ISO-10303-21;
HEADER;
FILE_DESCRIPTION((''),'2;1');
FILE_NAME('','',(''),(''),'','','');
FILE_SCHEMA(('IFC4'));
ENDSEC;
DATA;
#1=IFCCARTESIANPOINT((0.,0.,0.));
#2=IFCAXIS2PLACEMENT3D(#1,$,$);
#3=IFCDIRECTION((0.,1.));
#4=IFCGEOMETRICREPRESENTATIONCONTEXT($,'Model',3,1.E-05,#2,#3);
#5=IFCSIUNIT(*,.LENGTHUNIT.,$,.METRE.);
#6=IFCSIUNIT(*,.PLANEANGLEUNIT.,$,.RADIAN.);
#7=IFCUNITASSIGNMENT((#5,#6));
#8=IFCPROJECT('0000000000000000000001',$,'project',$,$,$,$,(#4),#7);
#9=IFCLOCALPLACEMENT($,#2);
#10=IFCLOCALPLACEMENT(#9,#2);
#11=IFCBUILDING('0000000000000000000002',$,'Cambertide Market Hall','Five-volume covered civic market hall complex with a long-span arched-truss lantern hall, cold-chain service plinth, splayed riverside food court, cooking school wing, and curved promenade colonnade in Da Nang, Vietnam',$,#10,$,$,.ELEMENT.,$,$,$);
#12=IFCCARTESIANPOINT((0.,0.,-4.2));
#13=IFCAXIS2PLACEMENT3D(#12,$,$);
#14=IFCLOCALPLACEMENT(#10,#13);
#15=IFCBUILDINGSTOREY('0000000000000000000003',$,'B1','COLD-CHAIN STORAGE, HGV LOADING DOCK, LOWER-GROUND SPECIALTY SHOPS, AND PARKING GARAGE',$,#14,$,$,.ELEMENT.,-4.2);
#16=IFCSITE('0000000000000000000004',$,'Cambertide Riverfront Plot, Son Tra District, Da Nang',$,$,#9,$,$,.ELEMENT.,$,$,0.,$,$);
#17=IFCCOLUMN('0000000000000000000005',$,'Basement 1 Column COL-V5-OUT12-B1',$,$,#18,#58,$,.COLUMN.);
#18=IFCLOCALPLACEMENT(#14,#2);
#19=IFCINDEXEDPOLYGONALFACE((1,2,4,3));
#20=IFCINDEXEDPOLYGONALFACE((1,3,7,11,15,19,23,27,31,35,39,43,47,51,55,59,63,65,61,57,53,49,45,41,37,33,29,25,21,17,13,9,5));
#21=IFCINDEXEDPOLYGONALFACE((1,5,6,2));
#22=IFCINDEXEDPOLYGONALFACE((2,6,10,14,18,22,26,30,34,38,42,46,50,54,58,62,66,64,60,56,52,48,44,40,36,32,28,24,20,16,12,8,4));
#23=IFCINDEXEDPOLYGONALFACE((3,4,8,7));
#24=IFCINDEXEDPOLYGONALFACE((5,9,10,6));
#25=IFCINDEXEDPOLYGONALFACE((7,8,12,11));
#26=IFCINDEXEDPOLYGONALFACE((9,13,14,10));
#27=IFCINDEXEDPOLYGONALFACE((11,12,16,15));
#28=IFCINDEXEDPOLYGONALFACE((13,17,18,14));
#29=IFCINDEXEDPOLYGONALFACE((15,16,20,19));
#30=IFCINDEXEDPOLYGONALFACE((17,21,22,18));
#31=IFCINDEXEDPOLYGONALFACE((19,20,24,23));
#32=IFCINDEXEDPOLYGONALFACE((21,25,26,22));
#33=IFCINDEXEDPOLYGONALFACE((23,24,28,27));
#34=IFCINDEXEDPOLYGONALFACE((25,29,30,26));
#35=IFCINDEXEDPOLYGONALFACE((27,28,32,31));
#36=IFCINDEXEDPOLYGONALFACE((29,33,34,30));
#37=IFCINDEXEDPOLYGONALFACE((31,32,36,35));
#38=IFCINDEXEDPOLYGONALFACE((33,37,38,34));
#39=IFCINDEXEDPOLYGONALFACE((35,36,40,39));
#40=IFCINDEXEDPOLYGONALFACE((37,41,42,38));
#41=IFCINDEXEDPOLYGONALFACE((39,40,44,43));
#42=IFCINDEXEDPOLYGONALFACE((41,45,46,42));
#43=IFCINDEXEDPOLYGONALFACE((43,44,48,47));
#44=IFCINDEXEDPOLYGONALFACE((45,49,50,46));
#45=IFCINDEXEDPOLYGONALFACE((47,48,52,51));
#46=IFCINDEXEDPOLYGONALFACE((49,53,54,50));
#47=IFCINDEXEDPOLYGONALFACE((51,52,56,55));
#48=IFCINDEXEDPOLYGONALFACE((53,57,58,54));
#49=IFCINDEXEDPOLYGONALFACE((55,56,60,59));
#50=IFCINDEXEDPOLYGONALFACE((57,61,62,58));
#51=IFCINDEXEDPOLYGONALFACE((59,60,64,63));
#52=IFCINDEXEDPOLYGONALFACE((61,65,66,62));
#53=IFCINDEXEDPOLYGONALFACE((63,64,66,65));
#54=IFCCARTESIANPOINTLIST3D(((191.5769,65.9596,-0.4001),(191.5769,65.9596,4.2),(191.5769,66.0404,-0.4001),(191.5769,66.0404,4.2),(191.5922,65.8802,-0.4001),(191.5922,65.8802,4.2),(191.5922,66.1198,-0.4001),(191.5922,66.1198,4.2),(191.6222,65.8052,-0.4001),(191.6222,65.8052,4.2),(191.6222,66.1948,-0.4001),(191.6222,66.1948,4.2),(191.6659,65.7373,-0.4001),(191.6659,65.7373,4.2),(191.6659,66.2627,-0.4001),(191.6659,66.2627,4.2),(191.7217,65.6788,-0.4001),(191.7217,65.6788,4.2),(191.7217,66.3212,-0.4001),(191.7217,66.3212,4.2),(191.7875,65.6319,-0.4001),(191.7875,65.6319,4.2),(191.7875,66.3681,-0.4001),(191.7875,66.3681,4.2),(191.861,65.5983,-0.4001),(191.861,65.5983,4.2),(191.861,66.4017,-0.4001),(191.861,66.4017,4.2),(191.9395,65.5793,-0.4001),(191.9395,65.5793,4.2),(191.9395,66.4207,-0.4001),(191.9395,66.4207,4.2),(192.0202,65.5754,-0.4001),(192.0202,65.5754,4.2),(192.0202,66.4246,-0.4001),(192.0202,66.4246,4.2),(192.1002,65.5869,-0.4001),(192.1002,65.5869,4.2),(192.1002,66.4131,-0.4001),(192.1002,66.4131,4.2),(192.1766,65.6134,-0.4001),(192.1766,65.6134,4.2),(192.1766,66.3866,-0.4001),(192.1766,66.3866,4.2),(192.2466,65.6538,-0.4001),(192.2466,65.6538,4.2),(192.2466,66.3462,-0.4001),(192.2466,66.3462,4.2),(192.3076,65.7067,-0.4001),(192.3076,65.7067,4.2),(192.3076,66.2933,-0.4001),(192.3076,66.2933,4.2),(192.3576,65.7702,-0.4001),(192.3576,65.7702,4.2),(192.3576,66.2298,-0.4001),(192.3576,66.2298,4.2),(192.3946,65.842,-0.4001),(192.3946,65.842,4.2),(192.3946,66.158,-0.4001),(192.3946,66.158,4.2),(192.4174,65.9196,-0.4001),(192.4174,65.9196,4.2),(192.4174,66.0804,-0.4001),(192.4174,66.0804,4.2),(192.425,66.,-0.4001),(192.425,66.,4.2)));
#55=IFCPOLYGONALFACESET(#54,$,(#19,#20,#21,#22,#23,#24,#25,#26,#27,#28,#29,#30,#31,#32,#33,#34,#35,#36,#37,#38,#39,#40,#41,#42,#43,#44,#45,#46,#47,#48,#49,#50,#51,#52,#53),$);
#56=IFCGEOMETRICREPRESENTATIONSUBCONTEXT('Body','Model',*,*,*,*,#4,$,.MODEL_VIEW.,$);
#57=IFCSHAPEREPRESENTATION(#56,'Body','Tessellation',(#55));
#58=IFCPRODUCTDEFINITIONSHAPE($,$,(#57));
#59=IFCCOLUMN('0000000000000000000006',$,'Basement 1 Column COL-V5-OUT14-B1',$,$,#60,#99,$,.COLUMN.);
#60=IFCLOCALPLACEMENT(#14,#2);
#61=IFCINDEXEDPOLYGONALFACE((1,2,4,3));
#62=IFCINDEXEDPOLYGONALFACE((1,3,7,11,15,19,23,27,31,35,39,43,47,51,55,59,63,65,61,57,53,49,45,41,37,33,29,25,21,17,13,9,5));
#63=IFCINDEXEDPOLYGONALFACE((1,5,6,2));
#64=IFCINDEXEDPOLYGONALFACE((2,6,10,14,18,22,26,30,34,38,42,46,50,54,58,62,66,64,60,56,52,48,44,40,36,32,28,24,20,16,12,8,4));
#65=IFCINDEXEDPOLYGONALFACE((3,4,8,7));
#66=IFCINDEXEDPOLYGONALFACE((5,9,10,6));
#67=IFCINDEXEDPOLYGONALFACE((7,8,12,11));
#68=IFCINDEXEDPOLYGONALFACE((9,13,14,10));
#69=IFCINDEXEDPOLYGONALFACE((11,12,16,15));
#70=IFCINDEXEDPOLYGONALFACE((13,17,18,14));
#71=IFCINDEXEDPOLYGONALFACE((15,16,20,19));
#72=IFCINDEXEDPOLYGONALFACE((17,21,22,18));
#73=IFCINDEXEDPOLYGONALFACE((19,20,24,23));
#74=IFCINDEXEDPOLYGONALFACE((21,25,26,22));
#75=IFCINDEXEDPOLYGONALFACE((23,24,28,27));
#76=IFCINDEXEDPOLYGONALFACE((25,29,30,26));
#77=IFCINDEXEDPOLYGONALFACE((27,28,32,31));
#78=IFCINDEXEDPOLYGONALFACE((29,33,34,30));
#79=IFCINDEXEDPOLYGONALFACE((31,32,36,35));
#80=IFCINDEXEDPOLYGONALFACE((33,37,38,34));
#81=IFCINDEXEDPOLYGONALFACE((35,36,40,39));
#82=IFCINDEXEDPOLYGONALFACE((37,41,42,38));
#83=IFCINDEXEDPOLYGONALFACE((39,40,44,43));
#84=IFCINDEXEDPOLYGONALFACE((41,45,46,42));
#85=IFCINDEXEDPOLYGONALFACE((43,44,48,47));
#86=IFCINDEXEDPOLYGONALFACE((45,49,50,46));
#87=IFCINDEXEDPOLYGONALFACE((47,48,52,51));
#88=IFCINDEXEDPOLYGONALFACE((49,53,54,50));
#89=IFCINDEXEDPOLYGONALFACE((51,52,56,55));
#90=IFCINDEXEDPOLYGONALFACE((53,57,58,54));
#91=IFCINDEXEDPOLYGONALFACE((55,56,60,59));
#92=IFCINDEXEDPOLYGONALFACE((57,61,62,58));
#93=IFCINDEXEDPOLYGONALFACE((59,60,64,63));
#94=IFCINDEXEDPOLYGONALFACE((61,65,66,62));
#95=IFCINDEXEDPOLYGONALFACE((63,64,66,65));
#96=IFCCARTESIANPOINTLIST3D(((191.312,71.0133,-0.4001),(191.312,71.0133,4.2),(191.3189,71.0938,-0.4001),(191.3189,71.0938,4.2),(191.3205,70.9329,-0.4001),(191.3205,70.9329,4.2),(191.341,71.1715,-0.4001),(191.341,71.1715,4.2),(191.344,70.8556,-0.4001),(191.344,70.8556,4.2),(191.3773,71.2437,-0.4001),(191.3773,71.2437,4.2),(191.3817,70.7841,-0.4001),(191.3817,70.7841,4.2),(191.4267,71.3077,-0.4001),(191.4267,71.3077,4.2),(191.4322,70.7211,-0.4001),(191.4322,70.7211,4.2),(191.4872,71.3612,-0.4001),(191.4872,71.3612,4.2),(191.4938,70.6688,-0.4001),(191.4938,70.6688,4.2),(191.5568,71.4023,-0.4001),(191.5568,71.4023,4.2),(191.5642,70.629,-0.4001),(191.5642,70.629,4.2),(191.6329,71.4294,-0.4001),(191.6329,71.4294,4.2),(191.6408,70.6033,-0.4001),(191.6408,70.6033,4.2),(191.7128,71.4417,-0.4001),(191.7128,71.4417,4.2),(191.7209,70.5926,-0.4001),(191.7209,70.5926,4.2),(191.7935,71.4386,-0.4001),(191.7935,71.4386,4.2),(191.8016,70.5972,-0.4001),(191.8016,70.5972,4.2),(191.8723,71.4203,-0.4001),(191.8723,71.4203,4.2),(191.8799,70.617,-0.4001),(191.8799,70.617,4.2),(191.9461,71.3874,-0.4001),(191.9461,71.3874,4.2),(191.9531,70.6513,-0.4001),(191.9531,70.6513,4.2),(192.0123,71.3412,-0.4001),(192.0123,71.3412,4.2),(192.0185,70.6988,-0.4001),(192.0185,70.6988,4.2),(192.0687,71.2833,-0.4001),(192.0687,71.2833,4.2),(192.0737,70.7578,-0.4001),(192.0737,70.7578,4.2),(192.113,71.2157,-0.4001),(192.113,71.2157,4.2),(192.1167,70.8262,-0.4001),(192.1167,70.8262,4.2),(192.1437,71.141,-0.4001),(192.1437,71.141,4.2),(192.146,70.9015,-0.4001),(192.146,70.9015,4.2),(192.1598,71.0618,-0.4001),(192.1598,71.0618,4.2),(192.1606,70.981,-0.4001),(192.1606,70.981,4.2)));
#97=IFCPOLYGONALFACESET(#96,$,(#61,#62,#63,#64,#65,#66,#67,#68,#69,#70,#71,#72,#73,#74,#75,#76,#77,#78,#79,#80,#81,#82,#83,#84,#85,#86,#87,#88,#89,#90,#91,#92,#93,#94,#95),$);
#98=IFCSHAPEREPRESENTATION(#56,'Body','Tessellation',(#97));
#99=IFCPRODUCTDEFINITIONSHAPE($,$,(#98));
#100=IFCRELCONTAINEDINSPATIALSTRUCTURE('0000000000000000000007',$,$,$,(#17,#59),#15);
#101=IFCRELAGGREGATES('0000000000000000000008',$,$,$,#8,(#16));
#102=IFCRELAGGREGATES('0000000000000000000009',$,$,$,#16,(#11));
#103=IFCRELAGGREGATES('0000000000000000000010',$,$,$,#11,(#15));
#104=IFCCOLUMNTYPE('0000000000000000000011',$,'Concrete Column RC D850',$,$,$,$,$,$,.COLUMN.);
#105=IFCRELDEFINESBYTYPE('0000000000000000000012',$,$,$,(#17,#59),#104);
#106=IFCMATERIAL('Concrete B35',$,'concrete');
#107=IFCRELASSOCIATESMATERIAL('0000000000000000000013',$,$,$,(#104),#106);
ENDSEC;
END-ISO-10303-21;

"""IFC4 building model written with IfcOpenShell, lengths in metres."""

from ifc_helpers import new_model, si_unit, direction, frame, origin, origin_2d, place, context, subcontext, project, spatial, circle, extrude, material, material_profile, profile_set, type_object, element, save


model = new_model("IFC4")

# Units and contexts
model_context = context("Model", 3, precision=1e-05, world=origin(), true_north=direction((0.0, 1.0)))
body_context = subcontext(model_context, "Body", "Model", "MODEL_VIEW")
ifc_project = project(units=[si_unit("LENGTHUNIT", "METRE"), si_unit("PLANEANGLEUNIT", "RADIAN")], contexts=[model_context])

# Site, building, storey
site_placement = place(None, origin())
site = spatial("IfcSite", under=ifc_project, at=site_placement, Name="Cambertide Riverfront Plot, Son Tra District, Da Nang", CompositionType="ELEMENT", RefElevation=0.0)
building_placement = place(site_placement, origin())
building = spatial("IfcBuilding", under=site, at=building_placement, Name="Cambertide Market Hall", Description="Five-volume covered civic market hall complex with a long-span arched-truss lantern hall, cold-chain service plinth, splayed riverside food court, cooking school wing, and curved promenade colonnade in Da Nang, Vietnam", CompositionType="ELEMENT")
storey_placement = place(building_placement, frame((0.0, 0.0, -4.2)))
storey = spatial("IfcBuildingStorey", under=building, at=storey_placement, Name="B1", Description="COLD-CHAIN STORAGE, HGV LOADING DOCK, LOWER-GROUND SPECIALTY SHOPS, AND PARKING GARAGE", CompositionType="ELEMENT", Elevation=-4.2)

# Columns
ifc_material_1 = material(Name="Concrete B35", Category="concrete")
ifc_material_profile_1 = material_profile(ifc_material_1, circle(Radius=0.425, at=origin_2d()), Name="RC D850")
ifc_profile_set_1 = profile_set([ifc_material_profile_1], Name="Concrete B35")
column_type_1 = type_object("IfcColumnType", Name="Concrete Column RC D850", PredefinedType="COLUMN", material=ifc_profile_set_1)
for number, where, z_axis, x_axis, name in (
    (1, (192.0, 66.0, -0.4001), (0.0, 0.0, 1.0), (1.0, 0.0, 0.0), "Basement 1 Column COL-V5-OUT12-B1"),
    (2, (191.7371, 71.0173, -0.4001), (0.0, 0.0, 1.0), (0.994522, 0.104528, 0.0), "Basement 1 Column COL-V5-OUT14-B1"),
):
    element("IfcColumn", number, at=place(storey_placement, frame(where, z_axis=z_axis, x_axis=x_axis)), inside=storey, type_object=column_type_1, Name=name, PredefinedType="COLUMN", context=body_context, shape_type="SweptSolid", body=[
        extrude(circle(Radius=0.425, at=origin_2d()), origin(), (0.0, 0.0, 1.0), 4.6001),
    ])

save(model, "model.ifc")
